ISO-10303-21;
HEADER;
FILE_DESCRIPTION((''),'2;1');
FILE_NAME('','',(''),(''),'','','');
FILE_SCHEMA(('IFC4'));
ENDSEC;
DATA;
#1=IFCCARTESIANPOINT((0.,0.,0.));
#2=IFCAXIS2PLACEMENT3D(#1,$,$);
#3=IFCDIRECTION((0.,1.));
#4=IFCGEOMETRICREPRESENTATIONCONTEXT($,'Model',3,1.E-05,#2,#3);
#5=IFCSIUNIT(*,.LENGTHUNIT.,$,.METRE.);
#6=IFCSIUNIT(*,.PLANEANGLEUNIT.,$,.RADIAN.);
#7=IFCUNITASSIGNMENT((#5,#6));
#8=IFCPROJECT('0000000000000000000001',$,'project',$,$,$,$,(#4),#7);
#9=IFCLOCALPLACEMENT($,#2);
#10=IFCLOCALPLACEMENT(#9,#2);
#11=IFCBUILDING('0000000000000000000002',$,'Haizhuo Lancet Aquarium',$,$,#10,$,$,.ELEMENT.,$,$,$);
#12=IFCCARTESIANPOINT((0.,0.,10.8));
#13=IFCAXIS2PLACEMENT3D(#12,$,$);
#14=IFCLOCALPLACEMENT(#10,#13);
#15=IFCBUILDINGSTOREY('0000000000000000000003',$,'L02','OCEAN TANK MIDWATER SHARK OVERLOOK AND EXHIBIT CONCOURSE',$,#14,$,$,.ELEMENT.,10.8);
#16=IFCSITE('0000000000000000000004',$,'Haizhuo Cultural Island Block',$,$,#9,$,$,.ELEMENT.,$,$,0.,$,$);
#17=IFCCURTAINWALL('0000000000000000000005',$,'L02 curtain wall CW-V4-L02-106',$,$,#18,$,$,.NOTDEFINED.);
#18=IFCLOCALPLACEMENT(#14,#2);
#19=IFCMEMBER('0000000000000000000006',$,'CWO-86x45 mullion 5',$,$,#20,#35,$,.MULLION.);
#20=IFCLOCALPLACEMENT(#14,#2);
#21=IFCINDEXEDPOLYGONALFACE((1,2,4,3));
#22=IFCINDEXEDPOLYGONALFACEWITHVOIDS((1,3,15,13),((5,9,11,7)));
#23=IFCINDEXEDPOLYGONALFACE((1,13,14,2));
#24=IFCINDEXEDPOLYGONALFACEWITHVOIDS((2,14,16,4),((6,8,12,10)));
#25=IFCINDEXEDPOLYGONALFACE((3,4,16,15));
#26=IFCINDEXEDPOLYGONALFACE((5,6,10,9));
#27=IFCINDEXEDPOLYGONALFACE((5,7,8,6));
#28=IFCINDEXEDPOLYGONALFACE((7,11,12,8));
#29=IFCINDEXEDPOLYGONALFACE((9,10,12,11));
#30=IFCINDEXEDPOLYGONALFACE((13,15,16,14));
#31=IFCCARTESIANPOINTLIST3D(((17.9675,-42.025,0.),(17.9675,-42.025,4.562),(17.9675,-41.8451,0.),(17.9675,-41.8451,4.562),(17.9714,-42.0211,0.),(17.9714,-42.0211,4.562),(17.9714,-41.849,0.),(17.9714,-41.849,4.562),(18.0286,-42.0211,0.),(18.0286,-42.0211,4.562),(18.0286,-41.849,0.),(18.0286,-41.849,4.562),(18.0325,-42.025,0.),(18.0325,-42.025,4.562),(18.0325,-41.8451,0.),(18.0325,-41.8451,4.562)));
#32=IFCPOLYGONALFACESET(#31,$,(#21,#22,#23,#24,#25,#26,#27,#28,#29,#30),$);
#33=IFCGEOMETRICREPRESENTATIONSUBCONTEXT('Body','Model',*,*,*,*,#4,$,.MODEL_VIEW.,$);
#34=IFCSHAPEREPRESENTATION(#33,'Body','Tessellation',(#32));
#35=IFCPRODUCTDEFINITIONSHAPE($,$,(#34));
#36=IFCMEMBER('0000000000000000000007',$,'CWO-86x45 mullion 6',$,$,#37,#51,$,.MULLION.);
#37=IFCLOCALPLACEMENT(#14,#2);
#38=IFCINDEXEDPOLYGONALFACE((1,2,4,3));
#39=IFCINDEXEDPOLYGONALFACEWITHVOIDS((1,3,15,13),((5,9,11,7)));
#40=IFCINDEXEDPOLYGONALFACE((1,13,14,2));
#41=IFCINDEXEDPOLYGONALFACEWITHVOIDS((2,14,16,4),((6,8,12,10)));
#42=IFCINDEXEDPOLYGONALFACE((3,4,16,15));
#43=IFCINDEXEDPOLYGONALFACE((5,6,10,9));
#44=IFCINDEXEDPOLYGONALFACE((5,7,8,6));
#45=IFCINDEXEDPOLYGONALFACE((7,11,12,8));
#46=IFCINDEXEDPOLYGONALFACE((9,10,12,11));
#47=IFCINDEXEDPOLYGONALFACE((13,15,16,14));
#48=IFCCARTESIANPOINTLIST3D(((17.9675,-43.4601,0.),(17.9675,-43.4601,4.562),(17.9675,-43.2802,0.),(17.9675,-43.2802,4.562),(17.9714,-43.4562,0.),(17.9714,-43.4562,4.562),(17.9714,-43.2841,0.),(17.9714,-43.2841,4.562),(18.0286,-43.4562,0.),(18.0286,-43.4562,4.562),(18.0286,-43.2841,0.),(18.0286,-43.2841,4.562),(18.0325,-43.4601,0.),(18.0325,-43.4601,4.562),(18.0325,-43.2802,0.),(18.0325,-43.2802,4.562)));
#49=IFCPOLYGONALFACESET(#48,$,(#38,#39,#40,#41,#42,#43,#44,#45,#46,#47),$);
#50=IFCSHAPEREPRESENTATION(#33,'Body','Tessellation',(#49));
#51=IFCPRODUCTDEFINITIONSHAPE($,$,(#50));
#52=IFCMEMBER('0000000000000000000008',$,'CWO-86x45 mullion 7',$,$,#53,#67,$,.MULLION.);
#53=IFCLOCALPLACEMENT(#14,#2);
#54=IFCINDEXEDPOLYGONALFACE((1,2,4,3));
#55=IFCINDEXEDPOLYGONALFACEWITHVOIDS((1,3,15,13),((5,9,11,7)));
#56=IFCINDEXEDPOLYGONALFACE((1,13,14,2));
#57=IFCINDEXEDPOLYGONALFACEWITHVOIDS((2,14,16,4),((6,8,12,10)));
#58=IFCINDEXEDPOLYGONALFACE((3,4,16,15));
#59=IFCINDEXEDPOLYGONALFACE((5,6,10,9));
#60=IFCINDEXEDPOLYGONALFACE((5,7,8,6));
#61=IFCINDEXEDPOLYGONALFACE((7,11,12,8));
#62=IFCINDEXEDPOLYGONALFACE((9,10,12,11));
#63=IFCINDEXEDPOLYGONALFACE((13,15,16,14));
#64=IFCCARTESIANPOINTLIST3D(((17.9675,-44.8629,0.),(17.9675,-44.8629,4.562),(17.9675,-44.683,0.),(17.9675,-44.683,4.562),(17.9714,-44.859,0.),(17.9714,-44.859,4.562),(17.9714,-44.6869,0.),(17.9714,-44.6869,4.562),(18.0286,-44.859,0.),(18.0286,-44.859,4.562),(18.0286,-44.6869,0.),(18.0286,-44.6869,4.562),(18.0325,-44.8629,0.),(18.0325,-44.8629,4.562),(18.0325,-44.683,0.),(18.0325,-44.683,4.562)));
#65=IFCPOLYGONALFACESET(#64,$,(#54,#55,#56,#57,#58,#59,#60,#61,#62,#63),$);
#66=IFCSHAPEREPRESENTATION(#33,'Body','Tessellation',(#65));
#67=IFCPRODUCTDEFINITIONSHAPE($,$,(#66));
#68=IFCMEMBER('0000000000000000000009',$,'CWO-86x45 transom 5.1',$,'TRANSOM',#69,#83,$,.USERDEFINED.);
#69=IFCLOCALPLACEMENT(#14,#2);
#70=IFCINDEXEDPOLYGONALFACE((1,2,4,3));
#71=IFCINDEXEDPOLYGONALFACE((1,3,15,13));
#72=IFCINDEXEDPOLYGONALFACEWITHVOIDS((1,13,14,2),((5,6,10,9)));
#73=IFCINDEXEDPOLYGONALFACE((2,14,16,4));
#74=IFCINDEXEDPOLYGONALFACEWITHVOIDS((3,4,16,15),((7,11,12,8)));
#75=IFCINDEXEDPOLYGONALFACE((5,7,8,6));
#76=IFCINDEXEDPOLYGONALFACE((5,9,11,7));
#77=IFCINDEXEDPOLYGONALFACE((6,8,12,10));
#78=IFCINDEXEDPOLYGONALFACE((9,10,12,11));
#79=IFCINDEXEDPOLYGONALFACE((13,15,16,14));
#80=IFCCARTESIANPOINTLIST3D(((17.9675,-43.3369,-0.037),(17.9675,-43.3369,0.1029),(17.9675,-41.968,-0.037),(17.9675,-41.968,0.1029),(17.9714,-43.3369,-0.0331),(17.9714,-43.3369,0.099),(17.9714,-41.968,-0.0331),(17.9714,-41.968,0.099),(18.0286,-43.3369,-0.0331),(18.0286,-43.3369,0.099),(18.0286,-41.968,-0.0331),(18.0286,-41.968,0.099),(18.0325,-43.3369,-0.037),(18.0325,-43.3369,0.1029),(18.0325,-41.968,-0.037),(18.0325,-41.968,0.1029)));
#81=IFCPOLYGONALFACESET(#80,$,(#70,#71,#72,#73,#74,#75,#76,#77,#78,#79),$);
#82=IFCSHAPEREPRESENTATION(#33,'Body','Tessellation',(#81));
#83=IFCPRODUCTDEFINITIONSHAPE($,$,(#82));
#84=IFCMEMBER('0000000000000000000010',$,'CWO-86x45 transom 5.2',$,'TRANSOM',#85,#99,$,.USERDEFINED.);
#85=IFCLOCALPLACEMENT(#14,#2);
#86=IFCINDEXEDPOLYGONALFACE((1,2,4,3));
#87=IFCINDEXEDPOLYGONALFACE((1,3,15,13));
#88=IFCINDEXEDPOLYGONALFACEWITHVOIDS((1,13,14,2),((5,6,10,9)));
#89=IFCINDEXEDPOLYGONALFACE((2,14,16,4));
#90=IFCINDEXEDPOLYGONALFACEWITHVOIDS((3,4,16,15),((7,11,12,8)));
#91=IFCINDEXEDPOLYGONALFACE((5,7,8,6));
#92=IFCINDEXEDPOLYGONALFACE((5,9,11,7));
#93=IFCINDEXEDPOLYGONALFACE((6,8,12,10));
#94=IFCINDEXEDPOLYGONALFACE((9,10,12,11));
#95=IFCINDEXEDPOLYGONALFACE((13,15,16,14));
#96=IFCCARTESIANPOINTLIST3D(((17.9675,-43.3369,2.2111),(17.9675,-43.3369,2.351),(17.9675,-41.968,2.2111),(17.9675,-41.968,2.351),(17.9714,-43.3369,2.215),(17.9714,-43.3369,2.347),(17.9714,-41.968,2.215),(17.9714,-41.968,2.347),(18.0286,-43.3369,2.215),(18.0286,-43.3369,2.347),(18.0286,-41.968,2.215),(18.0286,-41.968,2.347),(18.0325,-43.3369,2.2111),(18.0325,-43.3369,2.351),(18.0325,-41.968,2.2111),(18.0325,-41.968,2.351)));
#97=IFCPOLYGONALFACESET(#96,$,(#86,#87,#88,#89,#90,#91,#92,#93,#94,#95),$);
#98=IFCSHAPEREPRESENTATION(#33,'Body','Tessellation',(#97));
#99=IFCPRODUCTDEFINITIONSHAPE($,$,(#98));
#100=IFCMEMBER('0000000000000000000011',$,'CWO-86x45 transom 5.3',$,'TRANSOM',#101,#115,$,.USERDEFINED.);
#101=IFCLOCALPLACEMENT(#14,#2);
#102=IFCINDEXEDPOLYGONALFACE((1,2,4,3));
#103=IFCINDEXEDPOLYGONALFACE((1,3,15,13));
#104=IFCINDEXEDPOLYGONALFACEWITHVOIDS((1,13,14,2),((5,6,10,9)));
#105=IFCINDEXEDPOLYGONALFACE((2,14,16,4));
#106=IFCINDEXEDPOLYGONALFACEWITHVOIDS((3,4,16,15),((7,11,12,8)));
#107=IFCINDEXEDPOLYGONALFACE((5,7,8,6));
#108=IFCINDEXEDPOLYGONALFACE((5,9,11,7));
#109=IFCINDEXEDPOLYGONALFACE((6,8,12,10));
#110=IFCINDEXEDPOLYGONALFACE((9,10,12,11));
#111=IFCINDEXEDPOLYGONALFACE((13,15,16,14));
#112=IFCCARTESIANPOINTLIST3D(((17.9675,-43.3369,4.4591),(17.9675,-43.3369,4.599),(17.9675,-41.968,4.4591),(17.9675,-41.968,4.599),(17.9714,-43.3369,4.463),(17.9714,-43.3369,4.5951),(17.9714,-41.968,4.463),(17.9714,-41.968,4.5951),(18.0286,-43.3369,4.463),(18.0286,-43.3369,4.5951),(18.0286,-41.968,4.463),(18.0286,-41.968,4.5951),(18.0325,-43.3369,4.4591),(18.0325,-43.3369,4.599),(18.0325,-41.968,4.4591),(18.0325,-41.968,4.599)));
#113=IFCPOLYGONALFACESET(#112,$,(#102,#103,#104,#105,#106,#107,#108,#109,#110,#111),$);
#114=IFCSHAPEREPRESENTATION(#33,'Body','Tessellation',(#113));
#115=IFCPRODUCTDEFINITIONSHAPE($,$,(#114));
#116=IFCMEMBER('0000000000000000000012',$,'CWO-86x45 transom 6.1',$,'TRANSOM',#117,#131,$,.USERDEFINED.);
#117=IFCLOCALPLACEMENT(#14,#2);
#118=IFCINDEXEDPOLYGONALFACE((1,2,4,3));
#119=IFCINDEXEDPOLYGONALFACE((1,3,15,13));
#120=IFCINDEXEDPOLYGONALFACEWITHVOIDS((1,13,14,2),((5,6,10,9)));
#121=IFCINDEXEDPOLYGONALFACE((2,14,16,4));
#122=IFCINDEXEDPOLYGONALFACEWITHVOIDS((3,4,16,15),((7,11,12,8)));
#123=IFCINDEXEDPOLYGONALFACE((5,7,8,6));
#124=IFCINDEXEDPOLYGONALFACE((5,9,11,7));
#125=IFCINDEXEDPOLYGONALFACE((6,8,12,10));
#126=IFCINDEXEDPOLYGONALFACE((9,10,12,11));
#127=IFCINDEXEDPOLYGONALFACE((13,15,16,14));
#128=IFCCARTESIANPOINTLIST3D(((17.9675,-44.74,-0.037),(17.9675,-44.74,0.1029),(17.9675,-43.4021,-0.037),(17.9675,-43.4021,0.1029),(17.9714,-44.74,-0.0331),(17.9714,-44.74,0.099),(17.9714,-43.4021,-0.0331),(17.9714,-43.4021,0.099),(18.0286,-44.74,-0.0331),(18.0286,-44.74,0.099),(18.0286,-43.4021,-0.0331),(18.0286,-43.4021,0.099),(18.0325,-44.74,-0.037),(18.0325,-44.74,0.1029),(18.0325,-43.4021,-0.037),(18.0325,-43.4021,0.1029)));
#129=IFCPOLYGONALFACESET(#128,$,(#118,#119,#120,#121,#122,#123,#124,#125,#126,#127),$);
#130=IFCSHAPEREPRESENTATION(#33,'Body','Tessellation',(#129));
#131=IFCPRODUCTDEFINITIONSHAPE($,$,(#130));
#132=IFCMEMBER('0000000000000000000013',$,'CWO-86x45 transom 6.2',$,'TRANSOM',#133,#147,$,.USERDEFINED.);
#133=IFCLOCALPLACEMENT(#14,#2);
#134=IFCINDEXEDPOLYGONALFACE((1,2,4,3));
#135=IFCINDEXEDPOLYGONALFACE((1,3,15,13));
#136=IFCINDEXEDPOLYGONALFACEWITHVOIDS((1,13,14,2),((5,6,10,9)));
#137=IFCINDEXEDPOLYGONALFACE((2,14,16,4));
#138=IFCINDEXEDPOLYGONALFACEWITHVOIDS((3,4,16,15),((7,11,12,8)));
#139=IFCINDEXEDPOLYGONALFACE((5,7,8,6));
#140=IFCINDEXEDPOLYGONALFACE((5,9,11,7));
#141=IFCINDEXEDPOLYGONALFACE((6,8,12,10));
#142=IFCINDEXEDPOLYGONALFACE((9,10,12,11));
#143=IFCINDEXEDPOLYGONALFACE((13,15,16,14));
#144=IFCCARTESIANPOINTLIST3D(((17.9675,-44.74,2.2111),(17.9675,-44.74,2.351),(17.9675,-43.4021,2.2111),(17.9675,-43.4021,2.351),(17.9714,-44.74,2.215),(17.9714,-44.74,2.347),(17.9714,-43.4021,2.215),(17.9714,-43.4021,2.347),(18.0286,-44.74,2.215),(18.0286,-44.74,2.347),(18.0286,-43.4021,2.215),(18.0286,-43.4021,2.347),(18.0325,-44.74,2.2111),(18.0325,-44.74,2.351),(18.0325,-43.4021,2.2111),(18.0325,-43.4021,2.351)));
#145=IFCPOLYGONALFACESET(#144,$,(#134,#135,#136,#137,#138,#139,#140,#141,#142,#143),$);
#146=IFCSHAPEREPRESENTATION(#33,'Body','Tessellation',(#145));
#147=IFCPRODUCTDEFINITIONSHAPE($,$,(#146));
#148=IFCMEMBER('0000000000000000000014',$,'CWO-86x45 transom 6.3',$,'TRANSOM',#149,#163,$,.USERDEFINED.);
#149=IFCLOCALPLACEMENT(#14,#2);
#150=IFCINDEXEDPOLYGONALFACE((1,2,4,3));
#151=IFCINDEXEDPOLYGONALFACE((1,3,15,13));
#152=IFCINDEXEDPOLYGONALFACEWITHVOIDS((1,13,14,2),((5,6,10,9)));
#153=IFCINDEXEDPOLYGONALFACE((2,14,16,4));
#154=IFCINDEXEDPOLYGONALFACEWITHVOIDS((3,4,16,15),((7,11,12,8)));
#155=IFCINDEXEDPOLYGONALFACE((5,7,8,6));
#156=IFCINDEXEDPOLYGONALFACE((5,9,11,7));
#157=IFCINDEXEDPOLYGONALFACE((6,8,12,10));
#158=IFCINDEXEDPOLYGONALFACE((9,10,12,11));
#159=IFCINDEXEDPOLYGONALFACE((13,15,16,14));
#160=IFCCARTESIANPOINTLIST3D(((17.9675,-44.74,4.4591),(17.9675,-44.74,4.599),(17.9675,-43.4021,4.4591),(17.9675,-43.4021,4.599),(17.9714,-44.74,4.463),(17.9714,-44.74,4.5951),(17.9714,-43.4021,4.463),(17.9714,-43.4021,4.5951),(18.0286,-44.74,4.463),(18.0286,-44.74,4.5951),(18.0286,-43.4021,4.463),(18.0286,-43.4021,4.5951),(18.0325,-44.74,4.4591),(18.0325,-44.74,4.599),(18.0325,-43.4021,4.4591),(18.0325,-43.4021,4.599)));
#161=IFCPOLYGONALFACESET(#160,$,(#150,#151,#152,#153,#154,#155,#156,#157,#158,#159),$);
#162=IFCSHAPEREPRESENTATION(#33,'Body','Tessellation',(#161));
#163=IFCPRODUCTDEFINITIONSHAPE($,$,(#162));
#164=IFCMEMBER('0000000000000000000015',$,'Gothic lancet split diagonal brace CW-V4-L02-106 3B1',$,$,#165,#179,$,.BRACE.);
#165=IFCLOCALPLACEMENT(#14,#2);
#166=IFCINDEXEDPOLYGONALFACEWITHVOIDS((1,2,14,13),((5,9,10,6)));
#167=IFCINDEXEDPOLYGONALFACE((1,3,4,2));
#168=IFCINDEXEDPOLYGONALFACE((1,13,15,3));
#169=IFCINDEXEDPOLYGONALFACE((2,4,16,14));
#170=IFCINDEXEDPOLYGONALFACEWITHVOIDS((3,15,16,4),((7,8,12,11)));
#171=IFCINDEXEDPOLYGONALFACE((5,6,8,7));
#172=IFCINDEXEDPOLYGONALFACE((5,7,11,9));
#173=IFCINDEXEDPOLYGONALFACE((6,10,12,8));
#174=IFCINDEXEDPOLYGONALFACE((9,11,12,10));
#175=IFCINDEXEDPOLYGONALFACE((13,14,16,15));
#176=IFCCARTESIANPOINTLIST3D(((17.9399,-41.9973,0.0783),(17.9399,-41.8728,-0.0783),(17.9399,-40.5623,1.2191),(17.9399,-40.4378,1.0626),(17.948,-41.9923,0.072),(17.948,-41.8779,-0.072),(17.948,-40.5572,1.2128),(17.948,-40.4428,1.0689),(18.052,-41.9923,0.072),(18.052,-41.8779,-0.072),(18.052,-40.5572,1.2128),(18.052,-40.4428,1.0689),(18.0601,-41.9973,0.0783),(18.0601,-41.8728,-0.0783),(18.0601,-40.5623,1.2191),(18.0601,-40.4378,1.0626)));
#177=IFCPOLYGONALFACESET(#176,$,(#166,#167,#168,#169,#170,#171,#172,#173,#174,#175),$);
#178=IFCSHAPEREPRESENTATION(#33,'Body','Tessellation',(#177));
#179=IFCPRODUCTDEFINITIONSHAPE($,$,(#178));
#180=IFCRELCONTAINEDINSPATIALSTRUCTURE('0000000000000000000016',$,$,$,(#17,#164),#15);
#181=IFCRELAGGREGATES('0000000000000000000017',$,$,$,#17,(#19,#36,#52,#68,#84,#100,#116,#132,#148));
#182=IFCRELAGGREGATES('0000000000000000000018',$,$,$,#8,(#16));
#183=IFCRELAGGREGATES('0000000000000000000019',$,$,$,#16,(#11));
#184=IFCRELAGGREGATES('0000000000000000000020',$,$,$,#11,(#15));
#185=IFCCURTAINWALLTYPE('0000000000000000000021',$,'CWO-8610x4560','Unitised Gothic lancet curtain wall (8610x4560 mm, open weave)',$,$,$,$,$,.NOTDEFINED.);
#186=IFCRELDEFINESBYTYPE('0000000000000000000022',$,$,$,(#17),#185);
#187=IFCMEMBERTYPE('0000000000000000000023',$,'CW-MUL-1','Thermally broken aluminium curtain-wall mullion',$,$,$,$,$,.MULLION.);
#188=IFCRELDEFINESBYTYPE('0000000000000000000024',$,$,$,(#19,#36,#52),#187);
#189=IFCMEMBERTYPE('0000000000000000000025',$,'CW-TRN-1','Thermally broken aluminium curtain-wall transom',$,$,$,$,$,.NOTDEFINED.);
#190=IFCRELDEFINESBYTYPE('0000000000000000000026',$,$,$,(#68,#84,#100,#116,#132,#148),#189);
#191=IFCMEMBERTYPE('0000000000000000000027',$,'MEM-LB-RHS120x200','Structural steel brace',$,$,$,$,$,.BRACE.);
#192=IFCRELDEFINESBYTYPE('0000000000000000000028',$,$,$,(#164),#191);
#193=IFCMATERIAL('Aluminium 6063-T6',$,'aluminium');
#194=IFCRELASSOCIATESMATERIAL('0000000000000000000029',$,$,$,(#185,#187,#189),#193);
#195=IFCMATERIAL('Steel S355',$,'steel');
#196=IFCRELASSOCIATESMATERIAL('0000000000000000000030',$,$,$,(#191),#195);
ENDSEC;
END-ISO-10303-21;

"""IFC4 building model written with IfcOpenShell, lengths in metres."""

from ifc_helpers import new_model, si_unit, direction, frame, origin, origin_2d, place, context, subcontext, project, spatial, hollow_rectangle, extrude, material, material_profile, profile_set, type_object, element, aggregate, save


model = new_model("IFC4")

# Units and contexts
model_context = context("Model", 3, precision=1e-05, world=origin(), true_north=direction((0.0, 1.0)))
body_context = subcontext(model_context, "Body", "Model", "MODEL_VIEW")
ifc_project = project(units=[si_unit("LENGTHUNIT", "METRE"), si_unit("PLANEANGLEUNIT", "RADIAN")], contexts=[model_context])

# Site, building, storey
site_placement = place(None, origin())
site = spatial("IfcSite", under=ifc_project, at=site_placement, Name="Haizhuo Cultural Island Block", CompositionType="ELEMENT", RefElevation=0.0)
building_placement = place(site_placement, origin())
building = spatial("IfcBuilding", under=site, at=building_placement, Name="Haizhuo Lancet Aquarium", CompositionType="ELEMENT")
storey_placement = place(building_placement, frame((0.0, 0.0, 10.8)))
storey = spatial("IfcBuildingStorey", under=building, at=storey_placement, Name="L02", Description="OCEAN TANK MIDWATER SHARK OVERLOOK AND EXHIBIT CONCOURSE", CompositionType="ELEMENT", Elevation=10.8)

# Curtain wall, members
ifc_material_1 = material(Name="Aluminium 6063-T6", Category="aluminium")
curtain_wall_type = type_object("IfcCurtainWallType", Name="CWO-8610x4560", Description="Unitised Gothic lancet curtain wall (8610x4560 mm, open weave)", PredefinedType="NOTDEFINED", material=ifc_material_1)
curtain_wall_placement = place(storey_placement, origin())
curtain_wall = element("IfcCurtainWall", 1, at=curtain_wall_placement, inside=storey, type_object=curtain_wall_type, Name="L02 curtain wall CW-V4-L02-106", PredefinedType="NOTDEFINED")
ifc_material_profile_1 = material_profile(ifc_material_1, hollow_rectangle(XDim=0.0649, YDim=0.1799, WallThickness=0.0039, at=origin_2d()), Name="ALU-M 65x180x4")
ifc_profile_set_1 = profile_set([ifc_material_profile_1], Name="Aluminium 6063-T6")
member_type_1 = type_object("IfcMemberType", Name="CW-MUL-1", Description="Thermally broken aluminium curtain-wall mullion", PredefinedType="MULLION", material=ifc_profile_set_1)
member_1_placement = place(storey_placement, frame((18.0, -41.9351, 0.0), z_axis=(0.0, 0.0, 1.0), x_axis=(1.0, 0.0, 0.0)))
member_1 = element("IfcMember", 2, at=member_1_placement, type_object=member_type_1, Name="CWO-86x45 mullion 5", PredefinedType="MULLION", context=body_context, shape_type="SweptSolid", body=[
    extrude(hollow_rectangle(XDim=0.0649, YDim=0.1799, WallThickness=0.0039, at=origin_2d()), origin(), (0.0, 0.0, 1.0), 4.562),
])
member_2_placement = place(storey_placement, frame((18.0, -43.3701, 0.0), z_axis=(0.0, 0.0, 1.0), x_axis=(1.0, 0.0, 0.0)))
member_2 = element("IfcMember", 3, at=member_2_placement, type_object=member_type_1, Name="CWO-86x45 mullion 6", PredefinedType="MULLION", context=body_context, shape_type="SweptSolid", body=[
    extrude(hollow_rectangle(XDim=0.0649, YDim=0.1799, WallThickness=0.0039, at=origin_2d()), origin(), (0.0, 0.0, 1.0), 4.562),
])
member_3_placement = place(storey_placement, frame((18.0, -44.7729, 0.0), z_axis=(0.0, 0.0, 1.0), x_axis=(1.0, 0.0, 0.0)))
member_3 = element("IfcMember", 4, at=member_3_placement, type_object=member_type_1, Name="CWO-86x45 mullion 7", PredefinedType="MULLION", context=body_context, shape_type="SweptSolid", body=[
    extrude(hollow_rectangle(XDim=0.0649, YDim=0.1799, WallThickness=0.0039, at=origin_2d()), origin(), (0.0, 0.0, 1.0), 4.562),
])
ifc_material_profile_2 = material_profile(ifc_material_1, hollow_rectangle(XDim=0.0649, YDim=0.1399, WallThickness=0.0039, at=origin_2d()), Name="ALU-T 65x140x4")
ifc_profile_set_2 = profile_set([ifc_material_profile_2], Name="Aluminium 6063-T6")
member_type_2 = type_object("IfcMemberType", Name="CW-TRN-1", Description="Thermally broken aluminium curtain-wall transom", PredefinedType="NOTDEFINED", material=ifc_profile_set_2)
member_4_placement = place(storey_placement, frame((18.0, -41.968, 0.033), z_axis=(0.0, -1.0, 0.0), x_axis=(1.0, 0.0, 0.0)))
member_4 = element("IfcMember", 5, at=member_4_placement, type_object=member_type_2, Name="CWO-86x45 transom 5.1", ObjectType="TRANSOM", PredefinedType="USERDEFINED", context=body_context, shape_type="SweptSolid", body=[
    extrude(hollow_rectangle(XDim=0.0649, YDim=0.1399, WallThickness=0.0039, at=origin_2d()), origin(), (0.0, 0.0, 1.0), 1.3689),
])
member_5_placement = place(storey_placement, frame((18.0, -41.968, 2.281), z_axis=(0.0, -1.0, 0.0), x_axis=(1.0, 0.0, 0.0)))
member_5 = element("IfcMember", 6, at=member_5_placement, type_object=member_type_2, Name="CWO-86x45 transom 5.2", ObjectType="TRANSOM", PredefinedType="USERDEFINED", context=body_context, shape_type="SweptSolid", body=[
    extrude(hollow_rectangle(XDim=0.0649, YDim=0.1399, WallThickness=0.0039, at=origin_2d()), origin(), (0.0, 0.0, 1.0), 1.3689),
])
member_6_placement = place(storey_placement, frame((18.0, -41.968, 4.5291), z_axis=(0.0, -1.0, 0.0), x_axis=(1.0, 0.0, 0.0)))
member_6 = element("IfcMember", 7, at=member_6_placement, type_object=member_type_2, Name="CWO-86x45 transom 5.3", ObjectType="TRANSOM", PredefinedType="USERDEFINED", context=body_context, shape_type="SweptSolid", body=[
    extrude(hollow_rectangle(XDim=0.0649, YDim=0.1399, WallThickness=0.0039, at=origin_2d()), origin(), (0.0, 0.0, 1.0), 1.3689),
])
member_7_placement = place(storey_placement, frame((18.0, -43.4021, 0.033), z_axis=(0.0, -1.0, 0.0), x_axis=(1.0, 0.0, 0.0)))
member_7 = element("IfcMember", 8, at=member_7_placement, type_object=member_type_2, Name="CWO-86x45 transom 6.1", ObjectType="TRANSOM", PredefinedType="USERDEFINED", context=body_context, shape_type="SweptSolid", body=[
    extrude(hollow_rectangle(XDim=0.0649, YDim=0.1399, WallThickness=0.0039, at=origin_2d()), origin(), (0.0, 0.0, 1.0), 1.3379),
])
member_8_placement = place(storey_placement, frame((18.0, -43.4021, 2.281), z_axis=(0.0, -1.0, 0.0), x_axis=(1.0, 0.0, 0.0)))
member_8 = element("IfcMember", 9, at=member_8_placement, type_object=member_type_2, Name="CWO-86x45 transom 6.2", ObjectType="TRANSOM", PredefinedType="USERDEFINED", context=body_context, shape_type="SweptSolid", body=[
    extrude(hollow_rectangle(XDim=0.0649, YDim=0.1399, WallThickness=0.0039, at=origin_2d()), origin(), (0.0, 0.0, 1.0), 1.3379),
])
member_9_placement = place(storey_placement, frame((18.0, -43.4021, 4.5291), z_axis=(0.0, -1.0, 0.0), x_axis=(1.0, 0.0, 0.0)))
member_9 = element("IfcMember", 10, at=member_9_placement, type_object=member_type_2, Name="CWO-86x45 transom 6.3", ObjectType="TRANSOM", PredefinedType="USERDEFINED", context=body_context, shape_type="SweptSolid", body=[
    extrude(hollow_rectangle(XDim=0.0649, YDim=0.1399, WallThickness=0.0039, at=origin_2d()), origin(), (0.0, 0.0, 1.0), 1.3379),
])

# Member
ifc_material_2 = material(Name="Steel S355", Category="steel")
ifc_material_profile_3 = material_profile(ifc_material_2, hollow_rectangle(XDim=0.1201, YDim=0.2, WallThickness=0.0081, at=origin_2d()), Name="RHS 120x200x8")
ifc_profile_set_3 = profile_set([ifc_material_profile_3], Name="Steel S355")
member_type_3 = type_object("IfcMemberType", Name="MEM-LB-RHS120x200", Description="Structural steel brace", PredefinedType="BRACE", material=ifc_profile_set_3)
member_10_placement = place(storey_placement, frame((18.0, -41.9351, 0.0), z_axis=(0.0, 0.782775, 0.622305), x_axis=(-1.0, 0.0, 0.0)))
element("IfcMember", 11, at=member_10_placement, inside=storey, type_object=member_type_3, Name="Gothic lancet split diagonal brace CW-V4-L02-106 3B1", PredefinedType="BRACE", context=body_context, shape_type="SweptSolid", body=[
    extrude(hollow_rectangle(XDim=0.1201, YDim=0.2, WallThickness=0.0081, at=origin_2d()), origin(), (0.0, 0.0, 1.0), 1.8333),
])

aggregate(curtain_wall, [member_1, member_2, member_3, member_4, member_5, member_6, member_7, member_8, member_9])

save(model, "model.ifc")
